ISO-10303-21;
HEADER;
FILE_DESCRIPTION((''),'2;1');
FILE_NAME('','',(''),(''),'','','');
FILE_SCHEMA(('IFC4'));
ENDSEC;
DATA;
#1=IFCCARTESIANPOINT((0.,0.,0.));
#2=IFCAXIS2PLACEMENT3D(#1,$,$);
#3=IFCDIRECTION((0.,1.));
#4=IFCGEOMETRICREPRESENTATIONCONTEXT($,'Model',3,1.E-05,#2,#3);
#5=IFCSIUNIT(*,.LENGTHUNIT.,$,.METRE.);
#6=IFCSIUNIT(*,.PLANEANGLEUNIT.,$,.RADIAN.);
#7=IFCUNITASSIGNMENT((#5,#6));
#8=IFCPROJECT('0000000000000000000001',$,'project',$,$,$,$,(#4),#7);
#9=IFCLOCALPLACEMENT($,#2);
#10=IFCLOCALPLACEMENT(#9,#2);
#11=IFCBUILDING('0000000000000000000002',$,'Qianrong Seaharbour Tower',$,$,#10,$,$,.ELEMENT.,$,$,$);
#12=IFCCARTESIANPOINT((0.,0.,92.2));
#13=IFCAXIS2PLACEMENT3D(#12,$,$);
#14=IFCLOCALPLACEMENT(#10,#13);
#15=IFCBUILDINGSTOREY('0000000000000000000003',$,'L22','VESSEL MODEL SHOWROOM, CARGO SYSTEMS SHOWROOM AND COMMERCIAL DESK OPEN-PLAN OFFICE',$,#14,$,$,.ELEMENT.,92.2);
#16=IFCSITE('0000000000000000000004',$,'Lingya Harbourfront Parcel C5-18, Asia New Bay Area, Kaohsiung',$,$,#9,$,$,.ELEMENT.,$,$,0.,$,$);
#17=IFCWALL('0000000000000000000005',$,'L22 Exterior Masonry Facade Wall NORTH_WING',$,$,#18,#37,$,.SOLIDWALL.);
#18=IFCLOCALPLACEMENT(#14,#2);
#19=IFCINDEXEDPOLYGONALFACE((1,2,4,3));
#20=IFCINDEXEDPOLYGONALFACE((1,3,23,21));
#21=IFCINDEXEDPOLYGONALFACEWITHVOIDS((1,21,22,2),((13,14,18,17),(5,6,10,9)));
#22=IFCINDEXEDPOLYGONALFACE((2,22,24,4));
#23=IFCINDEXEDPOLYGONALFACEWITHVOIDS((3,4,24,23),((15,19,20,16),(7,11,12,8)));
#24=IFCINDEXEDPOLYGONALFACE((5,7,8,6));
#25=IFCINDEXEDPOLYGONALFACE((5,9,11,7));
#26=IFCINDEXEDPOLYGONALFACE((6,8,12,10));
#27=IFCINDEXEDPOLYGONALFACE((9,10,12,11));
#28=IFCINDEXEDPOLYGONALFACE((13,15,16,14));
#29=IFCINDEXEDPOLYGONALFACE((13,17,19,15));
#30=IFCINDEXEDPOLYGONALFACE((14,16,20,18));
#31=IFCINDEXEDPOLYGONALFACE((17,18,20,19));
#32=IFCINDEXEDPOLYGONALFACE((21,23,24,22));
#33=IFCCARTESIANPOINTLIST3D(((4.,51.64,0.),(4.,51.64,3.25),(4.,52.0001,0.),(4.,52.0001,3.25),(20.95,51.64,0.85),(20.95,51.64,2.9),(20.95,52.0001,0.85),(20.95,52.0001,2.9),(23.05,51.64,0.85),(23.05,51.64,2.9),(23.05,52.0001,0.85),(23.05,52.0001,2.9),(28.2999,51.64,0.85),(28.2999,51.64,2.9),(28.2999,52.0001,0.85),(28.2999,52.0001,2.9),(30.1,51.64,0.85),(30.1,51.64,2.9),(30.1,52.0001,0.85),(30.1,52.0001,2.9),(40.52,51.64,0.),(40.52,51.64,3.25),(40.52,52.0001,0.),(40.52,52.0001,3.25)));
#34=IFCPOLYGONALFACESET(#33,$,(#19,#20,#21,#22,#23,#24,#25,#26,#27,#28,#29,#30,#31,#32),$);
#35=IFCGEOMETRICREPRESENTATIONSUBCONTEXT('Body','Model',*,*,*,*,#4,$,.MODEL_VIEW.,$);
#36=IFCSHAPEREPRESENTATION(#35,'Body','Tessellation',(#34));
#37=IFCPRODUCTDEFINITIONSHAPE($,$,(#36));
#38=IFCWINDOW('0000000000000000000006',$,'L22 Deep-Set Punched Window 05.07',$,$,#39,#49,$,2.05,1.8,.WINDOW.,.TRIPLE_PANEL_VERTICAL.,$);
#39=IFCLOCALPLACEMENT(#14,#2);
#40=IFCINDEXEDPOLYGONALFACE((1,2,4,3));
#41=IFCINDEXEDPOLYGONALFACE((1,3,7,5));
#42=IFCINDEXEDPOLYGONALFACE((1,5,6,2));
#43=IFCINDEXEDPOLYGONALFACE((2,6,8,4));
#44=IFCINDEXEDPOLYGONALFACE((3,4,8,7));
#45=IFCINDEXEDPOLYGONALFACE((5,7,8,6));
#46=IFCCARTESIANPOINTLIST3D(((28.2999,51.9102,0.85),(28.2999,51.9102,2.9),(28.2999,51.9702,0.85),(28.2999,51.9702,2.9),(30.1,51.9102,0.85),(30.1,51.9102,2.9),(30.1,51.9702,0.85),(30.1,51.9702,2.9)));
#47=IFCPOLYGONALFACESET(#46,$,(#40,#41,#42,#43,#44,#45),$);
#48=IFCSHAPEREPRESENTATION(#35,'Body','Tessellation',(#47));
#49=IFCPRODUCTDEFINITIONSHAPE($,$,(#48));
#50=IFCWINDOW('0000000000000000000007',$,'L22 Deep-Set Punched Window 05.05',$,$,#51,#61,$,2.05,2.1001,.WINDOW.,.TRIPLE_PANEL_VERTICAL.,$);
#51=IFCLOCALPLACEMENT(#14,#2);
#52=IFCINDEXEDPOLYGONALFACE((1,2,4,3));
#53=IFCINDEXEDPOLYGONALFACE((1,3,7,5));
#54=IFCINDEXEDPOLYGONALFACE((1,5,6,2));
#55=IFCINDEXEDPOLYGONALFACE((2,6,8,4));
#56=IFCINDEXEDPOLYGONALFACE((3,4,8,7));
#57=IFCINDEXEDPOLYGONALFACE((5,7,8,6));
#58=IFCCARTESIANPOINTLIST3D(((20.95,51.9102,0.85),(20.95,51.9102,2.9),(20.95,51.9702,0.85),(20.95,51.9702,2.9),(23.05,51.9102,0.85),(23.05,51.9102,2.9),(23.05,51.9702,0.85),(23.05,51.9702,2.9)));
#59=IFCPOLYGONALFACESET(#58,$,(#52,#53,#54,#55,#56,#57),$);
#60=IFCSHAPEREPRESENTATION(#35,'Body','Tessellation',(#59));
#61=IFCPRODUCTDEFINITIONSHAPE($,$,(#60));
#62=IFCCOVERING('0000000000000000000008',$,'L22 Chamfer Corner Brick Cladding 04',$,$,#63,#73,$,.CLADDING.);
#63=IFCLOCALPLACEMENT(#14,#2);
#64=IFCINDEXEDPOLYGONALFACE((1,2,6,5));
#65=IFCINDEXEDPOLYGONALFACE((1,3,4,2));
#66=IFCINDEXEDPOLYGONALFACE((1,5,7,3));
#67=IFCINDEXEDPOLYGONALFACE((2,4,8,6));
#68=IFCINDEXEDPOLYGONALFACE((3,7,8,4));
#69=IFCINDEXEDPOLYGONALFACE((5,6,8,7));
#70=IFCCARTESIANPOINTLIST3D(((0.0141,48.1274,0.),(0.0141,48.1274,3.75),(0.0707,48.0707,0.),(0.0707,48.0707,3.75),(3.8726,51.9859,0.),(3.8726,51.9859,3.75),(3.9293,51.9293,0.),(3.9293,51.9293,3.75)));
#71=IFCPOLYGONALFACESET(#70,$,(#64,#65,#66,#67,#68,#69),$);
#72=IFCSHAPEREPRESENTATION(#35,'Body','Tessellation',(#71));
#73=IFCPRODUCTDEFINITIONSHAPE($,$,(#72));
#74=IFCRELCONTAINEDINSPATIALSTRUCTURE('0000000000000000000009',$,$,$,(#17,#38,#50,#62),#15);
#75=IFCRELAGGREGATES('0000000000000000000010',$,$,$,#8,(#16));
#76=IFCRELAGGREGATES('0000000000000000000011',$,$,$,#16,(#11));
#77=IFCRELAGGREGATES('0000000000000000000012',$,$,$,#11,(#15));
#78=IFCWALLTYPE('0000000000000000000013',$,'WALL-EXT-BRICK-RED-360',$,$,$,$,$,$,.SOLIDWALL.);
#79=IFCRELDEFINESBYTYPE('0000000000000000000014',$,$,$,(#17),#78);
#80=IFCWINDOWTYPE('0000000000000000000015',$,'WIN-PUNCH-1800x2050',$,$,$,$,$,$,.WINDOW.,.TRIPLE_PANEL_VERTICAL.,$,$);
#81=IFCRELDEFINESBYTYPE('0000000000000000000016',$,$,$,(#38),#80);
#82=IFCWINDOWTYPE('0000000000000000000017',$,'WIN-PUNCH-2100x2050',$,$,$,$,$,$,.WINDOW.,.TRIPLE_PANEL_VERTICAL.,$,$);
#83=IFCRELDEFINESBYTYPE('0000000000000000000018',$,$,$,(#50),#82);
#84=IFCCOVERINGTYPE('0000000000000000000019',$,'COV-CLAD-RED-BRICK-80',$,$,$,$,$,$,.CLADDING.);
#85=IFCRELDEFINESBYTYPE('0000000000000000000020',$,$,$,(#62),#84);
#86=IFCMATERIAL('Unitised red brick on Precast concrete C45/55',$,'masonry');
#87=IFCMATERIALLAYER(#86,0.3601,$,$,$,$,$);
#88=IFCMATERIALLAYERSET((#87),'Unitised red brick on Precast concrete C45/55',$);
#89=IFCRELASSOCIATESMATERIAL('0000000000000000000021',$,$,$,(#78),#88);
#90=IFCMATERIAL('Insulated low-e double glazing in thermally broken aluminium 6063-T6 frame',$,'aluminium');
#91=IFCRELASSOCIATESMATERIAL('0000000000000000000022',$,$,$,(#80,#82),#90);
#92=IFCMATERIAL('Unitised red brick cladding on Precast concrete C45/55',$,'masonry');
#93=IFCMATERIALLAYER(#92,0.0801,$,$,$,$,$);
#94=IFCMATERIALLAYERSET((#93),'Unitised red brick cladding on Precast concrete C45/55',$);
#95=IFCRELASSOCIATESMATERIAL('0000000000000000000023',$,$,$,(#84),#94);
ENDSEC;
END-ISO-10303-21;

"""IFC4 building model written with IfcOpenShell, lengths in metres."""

from ifc_helpers import new_model, si_unit, direction, frame, frame_2d, origin, origin_2d, place, context, subcontext, project, spatial, rectangle, extrude, material, layer, layer_set, type_object, element, fill, save


model = new_model("IFC4")

# Units and contexts
model_context = context("Model", 3, precision=1e-05, world=origin(), true_north=direction((0.0, 1.0)))
body_context = subcontext(model_context, "Body", "Model", "MODEL_VIEW")
ifc_project = project(units=[si_unit("LENGTHUNIT", "METRE"), si_unit("PLANEANGLEUNIT", "RADIAN")], contexts=[model_context])

# Site, building, storey
site_placement = place(None, origin())
site = spatial("IfcSite", under=ifc_project, at=site_placement, Name="Lingya Harbourfront Parcel C5-18, Asia New Bay Area, Kaohsiung", CompositionType="ELEMENT", RefElevation=0.0)
building_placement = place(site_placement, origin())
building = spatial("IfcBuilding", under=site, at=building_placement, Name="Qianrong Seaharbour Tower", CompositionType="ELEMENT")
storey_placement = place(building_placement, frame((0.0, 0.0, 92.2)))
storey = spatial("IfcBuildingStorey", under=building, at=storey_placement, Name="L22", Description="VESSEL MODEL SHOWROOM, CARGO SYSTEMS SHOWROOM AND COMMERCIAL DESK OPEN-PLAN OFFICE", CompositionType="ELEMENT", Elevation=92.2)

# Shared definitions
ifc_material_1 = material(Name="Unitised red brick on Precast concrete C45/55", Category="masonry")
ifc_layer_1 = layer(ifc_material_1, 0.3601)
ifc_layer_set_1 = layer_set([ifc_layer_1], Name="Unitised red brick on Precast concrete C45/55")
wall_type_1 = type_object("IfcWallType", Name="WALL-EXT-BRICK-RED-360", PredefinedType="SOLIDWALL", material=ifc_layer_set_1)

# Wall, openings, windows
wall_1_placement = place(storey_placement, frame((4.0, 51.8201, 0.0), z_axis=(0.0, 0.0, 1.0), x_axis=(1.0, 0.0, 0.0)))
wall_1 = element("IfcWall", 1, at=wall_1_placement, inside=storey, type_object=wall_type_1, Name="L22 Exterior Masonry Facade Wall NORTH_WING", PredefinedType="SOLIDWALL", context=body_context, shape_type="SweptSolid", body=[
    extrude(rectangle(XDim=36.52, YDim=0.3601, at=frame_2d((18.26, 0.0))), origin(), (0.0, 0.0, 1.0), 3.25),
])
opening_1_placement = place(wall_1_placement, frame((16.95, 0.0, 0.8501)))
opening_1 = element("IfcOpeningElement", 2, at=opening_1_placement, cuts=wall_1, PredefinedType="OPENING", context=body_context, shape_type="SweptSolid", body=[
    extrude(rectangle(XDim=2.1001, YDim=2.05, at=frame_2d((1.05, 1.0249))), frame((0.0, 0.1899, 0.0), z_axis=(0.0, -1.0, 0.0), x_axis=(1.0, 0.0, 0.0)), (0.0, 0.0, 1.0), 0.3801),
])
opening_2_placement = place(wall_1_placement, frame((24.3, 0.0, 0.8501)))
opening_2 = element("IfcOpeningElement", 3, at=opening_2_placement, cuts=wall_1, PredefinedType="OPENING", context=body_context, shape_type="SweptSolid", body=[
    extrude(rectangle(XDim=1.8, YDim=2.05, at=frame_2d((0.8999, 1.0249))), frame((0.0, 0.1899, 0.0), z_axis=(0.0, -1.0, 0.0), x_axis=(1.0, 0.0, 0.0)), (0.0, 0.0, 1.0), 0.3801),
])
ifc_material_2 = material(Name="Insulated low-e double glazing in thermally broken aluminium 6063-T6 frame", Category="aluminium")
window_type_1 = type_object("IfcWindowType", Name="WIN-PUNCH-1800x2050", PartitioningType="TRIPLE_PANEL_VERTICAL", PredefinedType="WINDOW", material=ifc_material_2)
window_1_placement = place(opening_2_placement, origin())
window_1 = element("IfcWindow", 4, at=window_1_placement, inside=storey, type_object=window_type_1, Name="L22 Deep-Set Punched Window 05.07", OverallHeight=2.05, OverallWidth=1.8, PartitioningType="TRIPLE_PANEL_VERTICAL", PredefinedType="WINDOW", context=body_context, shape_type="SweptSolid", body=[
    extrude(rectangle(XDim=1.8, YDim=2.05, at=frame_2d((0.8999, 1.0249))), frame((0.0, 0.1501, 0.0), z_axis=(0.0, -1.0, 0.0), x_axis=(1.0, 0.0, 0.0)), (0.0, 0.0, 1.0), 0.0601),
])
fill(opening_2, window_1)
window_type_2 = type_object("IfcWindowType", Name="WIN-PUNCH-2100x2050", PartitioningType="TRIPLE_PANEL_VERTICAL", PredefinedType="WINDOW", material=ifc_material_2)
window_2_placement = place(opening_1_placement, origin())
window_2 = element("IfcWindow", 5, at=window_2_placement, inside=storey, type_object=window_type_2, Name="L22 Deep-Set Punched Window 05.05", OverallHeight=2.05, OverallWidth=2.1001, PartitioningType="TRIPLE_PANEL_VERTICAL", PredefinedType="WINDOW", context=body_context, shape_type="SweptSolid", body=[
    extrude(rectangle(XDim=2.1001, YDim=2.05, at=frame_2d((1.05, 1.0249))), frame((0.0, 0.1501, 0.0), z_axis=(0.0, -1.0, 0.0), x_axis=(1.0, 0.0, 0.0)), (0.0, 0.0, 1.0), 0.0601),
])
fill(opening_1, window_2)

# Covering
ifc_material_3 = material(Name="Unitised red brick cladding on Precast concrete C45/55", Category="masonry")
ifc_layer_2 = layer(ifc_material_3, 0.0801)
ifc_layer_set_2 = layer_set([ifc_layer_2], Name="Unitised red brick cladding on Precast concrete C45/55")
covering_type = type_object("IfcCoveringType", Name="COV-CLAD-RED-BRICK-80", PredefinedType="CLADDING", material=ifc_layer_set_2)
covering_placement = place(storey_placement, frame((1.9717, 50.0283, 0.0), z_axis=(0.0, 0.0, 1.0), x_axis=(0.707107, 0.707107, 0.0)))
element("IfcCovering", 6, at=covering_placement, inside=storey, type_object=covering_type, Name="L22 Chamfer Corner Brick Cladding 04", PredefinedType="CLADDING", context=body_context, shape_type="SweptSolid", body=[
    extrude(rectangle(XDim=5.4568, YDim=0.0801, at=origin_2d()), origin(), (0.0, 0.0, 1.0), 3.75),
])

save(model, "model.ifc")
